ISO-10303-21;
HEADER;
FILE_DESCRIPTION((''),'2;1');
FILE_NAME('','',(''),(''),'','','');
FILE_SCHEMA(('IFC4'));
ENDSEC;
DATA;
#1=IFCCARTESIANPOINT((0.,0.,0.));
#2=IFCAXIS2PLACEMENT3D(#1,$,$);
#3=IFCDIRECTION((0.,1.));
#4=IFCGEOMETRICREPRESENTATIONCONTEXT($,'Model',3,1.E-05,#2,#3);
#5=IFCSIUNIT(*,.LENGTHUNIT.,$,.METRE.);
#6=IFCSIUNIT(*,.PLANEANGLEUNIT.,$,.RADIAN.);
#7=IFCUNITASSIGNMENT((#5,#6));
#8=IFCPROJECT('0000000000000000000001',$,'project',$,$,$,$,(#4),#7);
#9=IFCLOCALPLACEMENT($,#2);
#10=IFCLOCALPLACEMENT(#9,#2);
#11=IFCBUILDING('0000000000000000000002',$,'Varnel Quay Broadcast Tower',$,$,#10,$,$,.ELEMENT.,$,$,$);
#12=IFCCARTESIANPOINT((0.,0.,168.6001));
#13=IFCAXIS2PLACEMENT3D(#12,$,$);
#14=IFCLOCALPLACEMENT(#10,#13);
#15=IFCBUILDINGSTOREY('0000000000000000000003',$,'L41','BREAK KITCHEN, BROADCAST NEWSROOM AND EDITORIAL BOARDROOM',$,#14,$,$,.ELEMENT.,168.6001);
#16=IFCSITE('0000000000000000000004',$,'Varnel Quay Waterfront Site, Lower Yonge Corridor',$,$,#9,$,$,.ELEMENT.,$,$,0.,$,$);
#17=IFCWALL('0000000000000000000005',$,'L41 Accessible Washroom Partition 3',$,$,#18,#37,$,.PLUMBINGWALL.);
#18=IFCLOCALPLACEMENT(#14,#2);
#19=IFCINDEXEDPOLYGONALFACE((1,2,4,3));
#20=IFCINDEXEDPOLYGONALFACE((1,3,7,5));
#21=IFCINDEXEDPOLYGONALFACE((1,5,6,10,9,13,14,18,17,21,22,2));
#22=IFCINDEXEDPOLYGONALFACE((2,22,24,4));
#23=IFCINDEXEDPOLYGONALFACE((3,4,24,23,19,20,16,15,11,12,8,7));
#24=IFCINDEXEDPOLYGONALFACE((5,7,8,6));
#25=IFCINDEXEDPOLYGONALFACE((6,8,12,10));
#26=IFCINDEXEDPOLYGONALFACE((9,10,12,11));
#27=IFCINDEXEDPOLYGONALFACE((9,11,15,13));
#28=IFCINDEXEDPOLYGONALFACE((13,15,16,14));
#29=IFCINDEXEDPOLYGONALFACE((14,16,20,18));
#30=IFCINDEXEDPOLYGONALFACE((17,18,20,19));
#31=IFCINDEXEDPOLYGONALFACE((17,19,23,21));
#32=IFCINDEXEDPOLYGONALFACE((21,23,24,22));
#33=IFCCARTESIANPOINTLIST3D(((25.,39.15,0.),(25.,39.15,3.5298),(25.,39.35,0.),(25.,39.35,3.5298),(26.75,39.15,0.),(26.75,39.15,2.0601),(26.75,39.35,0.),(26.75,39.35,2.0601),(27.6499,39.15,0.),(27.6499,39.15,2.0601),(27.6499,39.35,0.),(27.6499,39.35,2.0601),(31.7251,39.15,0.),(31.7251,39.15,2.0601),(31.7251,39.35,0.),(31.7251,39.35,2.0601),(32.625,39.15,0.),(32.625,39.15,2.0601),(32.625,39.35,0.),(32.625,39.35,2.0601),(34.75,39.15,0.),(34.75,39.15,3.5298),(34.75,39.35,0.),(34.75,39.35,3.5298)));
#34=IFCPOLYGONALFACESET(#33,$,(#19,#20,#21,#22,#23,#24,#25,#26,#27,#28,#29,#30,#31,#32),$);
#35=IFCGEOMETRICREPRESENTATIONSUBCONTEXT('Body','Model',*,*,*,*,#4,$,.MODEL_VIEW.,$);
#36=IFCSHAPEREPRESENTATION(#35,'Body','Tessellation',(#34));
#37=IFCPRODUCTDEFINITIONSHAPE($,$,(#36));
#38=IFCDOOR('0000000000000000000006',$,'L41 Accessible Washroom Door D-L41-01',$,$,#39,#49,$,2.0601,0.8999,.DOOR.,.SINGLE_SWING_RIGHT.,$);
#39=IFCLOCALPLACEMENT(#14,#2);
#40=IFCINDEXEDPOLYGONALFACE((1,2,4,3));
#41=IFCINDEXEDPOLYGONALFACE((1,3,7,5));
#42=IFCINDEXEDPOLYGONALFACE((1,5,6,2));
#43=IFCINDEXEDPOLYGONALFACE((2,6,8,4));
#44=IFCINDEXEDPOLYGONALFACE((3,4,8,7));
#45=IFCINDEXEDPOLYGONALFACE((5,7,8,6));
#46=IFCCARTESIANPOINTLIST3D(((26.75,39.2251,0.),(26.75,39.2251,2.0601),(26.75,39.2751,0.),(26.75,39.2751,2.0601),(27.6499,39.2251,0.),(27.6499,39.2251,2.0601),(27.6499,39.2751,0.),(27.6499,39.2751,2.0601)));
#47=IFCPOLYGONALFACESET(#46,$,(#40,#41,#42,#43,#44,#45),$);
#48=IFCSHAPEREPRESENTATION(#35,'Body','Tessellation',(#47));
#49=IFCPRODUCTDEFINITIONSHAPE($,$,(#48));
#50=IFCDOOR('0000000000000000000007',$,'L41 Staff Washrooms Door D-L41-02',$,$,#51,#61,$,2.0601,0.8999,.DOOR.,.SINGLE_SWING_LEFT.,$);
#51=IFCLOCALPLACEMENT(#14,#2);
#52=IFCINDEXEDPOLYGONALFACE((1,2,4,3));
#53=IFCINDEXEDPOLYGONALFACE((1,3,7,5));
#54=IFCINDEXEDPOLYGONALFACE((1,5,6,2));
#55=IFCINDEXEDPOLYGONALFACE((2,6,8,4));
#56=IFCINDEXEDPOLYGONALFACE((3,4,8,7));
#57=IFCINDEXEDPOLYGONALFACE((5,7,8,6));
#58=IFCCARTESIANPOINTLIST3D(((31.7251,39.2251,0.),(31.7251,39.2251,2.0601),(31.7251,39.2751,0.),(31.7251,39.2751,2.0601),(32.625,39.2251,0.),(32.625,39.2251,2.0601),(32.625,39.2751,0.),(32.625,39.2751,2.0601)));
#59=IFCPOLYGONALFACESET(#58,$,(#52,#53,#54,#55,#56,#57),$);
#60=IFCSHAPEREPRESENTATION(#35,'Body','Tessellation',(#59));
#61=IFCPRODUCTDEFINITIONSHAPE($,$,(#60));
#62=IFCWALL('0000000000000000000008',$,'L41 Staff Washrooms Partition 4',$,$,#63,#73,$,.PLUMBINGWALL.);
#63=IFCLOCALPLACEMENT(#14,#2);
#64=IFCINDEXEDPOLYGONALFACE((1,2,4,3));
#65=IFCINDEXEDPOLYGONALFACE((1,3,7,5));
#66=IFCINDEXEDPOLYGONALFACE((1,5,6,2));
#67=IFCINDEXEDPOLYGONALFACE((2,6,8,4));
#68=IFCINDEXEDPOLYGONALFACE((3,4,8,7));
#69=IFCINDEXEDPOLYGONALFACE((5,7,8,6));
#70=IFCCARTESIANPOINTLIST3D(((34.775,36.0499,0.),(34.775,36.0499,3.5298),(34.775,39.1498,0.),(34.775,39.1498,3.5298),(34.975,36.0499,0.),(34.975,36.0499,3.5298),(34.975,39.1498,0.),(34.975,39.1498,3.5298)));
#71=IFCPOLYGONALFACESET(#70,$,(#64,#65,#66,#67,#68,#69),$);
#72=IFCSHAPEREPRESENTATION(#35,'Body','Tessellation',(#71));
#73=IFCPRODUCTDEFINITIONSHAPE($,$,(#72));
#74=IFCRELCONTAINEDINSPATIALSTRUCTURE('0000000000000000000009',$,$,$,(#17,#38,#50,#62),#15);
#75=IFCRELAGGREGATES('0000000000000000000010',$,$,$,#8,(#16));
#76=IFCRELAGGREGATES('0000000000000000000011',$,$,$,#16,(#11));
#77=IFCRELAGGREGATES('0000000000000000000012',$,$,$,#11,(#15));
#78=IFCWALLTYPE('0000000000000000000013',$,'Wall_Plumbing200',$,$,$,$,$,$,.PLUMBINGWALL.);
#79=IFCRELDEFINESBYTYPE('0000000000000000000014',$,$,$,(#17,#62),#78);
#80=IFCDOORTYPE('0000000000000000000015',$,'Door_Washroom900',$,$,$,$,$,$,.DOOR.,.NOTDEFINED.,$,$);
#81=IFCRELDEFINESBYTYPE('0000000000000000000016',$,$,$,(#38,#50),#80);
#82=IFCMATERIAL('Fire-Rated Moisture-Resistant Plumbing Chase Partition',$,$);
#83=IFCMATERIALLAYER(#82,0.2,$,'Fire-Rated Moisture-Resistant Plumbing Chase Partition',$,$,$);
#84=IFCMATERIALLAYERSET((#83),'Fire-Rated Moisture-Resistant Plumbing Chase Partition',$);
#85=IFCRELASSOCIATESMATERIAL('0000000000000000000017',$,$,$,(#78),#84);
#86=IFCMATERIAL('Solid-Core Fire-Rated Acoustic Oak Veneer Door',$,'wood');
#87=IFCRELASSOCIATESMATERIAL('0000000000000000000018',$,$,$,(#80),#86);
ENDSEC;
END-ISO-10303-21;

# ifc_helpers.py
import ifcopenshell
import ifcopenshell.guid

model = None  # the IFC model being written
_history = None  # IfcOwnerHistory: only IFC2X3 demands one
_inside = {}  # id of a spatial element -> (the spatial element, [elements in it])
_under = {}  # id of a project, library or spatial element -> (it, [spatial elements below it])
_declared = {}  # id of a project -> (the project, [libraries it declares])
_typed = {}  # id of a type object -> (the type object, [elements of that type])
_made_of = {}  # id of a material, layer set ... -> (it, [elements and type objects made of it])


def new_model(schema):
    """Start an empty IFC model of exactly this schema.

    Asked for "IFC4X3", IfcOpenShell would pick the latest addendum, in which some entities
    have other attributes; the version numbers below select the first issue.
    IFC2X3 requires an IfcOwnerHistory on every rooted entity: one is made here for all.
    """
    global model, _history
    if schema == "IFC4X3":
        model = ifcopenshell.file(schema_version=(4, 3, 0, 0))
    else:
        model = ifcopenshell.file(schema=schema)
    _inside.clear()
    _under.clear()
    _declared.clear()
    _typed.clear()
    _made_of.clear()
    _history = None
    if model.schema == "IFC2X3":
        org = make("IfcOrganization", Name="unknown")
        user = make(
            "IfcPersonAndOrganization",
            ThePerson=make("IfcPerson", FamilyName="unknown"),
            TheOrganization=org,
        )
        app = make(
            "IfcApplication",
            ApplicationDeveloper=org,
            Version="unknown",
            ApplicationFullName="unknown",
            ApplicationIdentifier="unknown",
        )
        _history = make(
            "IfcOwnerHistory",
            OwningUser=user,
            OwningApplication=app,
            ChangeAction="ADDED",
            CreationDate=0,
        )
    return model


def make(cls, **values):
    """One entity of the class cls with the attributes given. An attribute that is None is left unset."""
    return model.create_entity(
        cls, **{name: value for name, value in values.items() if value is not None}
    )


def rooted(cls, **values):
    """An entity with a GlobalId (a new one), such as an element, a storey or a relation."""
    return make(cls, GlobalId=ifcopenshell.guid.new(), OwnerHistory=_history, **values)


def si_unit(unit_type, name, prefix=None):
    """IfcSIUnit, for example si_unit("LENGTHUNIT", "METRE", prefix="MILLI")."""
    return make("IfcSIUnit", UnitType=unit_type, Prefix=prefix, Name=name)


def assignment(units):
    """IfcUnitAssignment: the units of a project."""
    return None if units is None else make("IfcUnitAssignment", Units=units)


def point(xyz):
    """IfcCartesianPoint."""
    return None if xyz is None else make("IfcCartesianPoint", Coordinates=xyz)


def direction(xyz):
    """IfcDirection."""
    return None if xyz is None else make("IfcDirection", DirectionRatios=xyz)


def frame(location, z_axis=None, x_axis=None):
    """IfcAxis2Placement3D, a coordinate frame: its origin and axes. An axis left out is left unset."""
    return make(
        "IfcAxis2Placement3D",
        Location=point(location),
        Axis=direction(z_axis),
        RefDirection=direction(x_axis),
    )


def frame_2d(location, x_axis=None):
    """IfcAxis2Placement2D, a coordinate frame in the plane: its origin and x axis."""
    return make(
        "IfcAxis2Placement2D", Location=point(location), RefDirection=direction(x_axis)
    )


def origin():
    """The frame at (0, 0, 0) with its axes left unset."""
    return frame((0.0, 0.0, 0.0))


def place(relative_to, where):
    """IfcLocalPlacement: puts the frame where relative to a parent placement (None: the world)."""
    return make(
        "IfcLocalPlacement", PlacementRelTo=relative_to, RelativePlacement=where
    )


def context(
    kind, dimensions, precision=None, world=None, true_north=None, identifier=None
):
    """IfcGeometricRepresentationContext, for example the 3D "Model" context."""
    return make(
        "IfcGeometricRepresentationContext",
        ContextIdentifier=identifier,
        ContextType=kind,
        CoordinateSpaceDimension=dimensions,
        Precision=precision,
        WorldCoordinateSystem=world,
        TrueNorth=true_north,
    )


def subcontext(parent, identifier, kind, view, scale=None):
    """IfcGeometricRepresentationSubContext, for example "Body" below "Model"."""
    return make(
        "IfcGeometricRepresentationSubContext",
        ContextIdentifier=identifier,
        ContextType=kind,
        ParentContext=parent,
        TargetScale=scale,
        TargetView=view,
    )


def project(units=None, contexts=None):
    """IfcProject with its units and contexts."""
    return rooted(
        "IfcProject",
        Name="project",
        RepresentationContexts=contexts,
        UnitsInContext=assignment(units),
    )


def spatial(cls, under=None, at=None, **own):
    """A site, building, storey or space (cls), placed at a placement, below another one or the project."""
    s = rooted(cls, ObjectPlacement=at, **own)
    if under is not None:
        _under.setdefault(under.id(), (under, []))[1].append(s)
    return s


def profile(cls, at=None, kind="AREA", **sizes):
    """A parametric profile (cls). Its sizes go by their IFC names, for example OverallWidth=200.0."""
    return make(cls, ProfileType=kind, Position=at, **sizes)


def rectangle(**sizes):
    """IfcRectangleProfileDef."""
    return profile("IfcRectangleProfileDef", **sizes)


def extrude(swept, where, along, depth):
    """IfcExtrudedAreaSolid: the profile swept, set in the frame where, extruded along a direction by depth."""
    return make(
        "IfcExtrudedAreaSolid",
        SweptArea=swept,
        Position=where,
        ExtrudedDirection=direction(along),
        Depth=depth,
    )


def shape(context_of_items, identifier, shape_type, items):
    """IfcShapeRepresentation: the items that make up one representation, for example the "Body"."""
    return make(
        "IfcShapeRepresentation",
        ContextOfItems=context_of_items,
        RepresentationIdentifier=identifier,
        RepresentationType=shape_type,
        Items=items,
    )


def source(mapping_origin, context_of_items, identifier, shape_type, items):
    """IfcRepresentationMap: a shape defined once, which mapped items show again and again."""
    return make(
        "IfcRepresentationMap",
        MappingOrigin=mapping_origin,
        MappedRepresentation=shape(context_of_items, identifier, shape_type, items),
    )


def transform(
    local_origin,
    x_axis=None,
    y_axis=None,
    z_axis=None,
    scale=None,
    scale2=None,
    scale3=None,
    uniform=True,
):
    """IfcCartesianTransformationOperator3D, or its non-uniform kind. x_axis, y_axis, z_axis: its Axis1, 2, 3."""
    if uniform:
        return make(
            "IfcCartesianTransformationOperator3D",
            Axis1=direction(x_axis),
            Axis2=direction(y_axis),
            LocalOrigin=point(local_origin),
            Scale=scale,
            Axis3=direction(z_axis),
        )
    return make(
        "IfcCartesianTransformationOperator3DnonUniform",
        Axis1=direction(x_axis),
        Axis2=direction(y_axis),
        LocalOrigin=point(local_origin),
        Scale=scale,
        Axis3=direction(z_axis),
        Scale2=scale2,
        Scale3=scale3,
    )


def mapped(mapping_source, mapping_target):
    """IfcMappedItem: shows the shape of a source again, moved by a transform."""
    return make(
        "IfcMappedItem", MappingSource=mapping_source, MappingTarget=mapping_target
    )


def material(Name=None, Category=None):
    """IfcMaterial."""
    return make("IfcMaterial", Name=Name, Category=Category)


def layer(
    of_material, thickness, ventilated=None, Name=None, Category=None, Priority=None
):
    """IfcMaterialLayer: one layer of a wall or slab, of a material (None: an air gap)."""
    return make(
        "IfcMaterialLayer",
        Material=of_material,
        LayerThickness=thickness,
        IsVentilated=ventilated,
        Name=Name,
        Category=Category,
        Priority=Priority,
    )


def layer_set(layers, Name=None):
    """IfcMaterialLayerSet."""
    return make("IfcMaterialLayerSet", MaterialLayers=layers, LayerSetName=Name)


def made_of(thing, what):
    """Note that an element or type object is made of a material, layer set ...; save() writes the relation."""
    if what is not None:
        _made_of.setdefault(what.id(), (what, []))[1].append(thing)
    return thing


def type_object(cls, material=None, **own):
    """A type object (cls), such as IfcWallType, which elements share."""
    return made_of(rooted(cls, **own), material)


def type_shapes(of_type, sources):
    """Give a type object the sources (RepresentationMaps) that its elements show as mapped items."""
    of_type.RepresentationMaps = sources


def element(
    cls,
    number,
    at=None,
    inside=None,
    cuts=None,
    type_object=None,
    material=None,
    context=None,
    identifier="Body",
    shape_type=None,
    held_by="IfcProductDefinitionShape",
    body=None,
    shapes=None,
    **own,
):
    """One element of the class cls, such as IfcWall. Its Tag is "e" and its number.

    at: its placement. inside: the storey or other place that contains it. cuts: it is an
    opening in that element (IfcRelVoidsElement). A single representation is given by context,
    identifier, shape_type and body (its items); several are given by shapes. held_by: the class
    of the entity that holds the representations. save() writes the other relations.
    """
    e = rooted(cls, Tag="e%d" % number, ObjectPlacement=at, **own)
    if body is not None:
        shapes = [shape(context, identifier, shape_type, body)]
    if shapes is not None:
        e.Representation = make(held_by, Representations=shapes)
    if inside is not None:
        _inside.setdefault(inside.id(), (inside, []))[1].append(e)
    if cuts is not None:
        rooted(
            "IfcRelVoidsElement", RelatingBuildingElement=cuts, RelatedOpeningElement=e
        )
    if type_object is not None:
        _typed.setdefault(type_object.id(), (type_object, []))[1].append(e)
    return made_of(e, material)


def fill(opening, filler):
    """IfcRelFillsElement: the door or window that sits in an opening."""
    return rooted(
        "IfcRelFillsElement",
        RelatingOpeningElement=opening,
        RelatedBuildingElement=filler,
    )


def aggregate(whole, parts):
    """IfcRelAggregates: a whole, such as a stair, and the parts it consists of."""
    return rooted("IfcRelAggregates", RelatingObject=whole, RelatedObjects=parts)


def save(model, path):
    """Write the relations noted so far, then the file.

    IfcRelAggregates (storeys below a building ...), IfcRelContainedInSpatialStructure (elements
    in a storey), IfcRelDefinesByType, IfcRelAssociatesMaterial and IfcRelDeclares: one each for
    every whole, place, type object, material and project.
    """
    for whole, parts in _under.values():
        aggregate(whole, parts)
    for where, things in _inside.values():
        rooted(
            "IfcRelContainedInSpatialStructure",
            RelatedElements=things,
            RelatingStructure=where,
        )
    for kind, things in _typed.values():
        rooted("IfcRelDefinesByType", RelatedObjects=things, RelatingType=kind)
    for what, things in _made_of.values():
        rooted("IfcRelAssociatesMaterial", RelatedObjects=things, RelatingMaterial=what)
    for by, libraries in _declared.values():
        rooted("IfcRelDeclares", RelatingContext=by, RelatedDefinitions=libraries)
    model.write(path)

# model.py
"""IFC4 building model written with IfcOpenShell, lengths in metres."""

from ifc_helpers import new_model, si_unit, direction, frame, frame_2d, origin, place, context, subcontext, project, spatial, rectangle, extrude, source, transform, mapped, material, layer, layer_set, type_object, type_shapes, element, fill, save


model = new_model("IFC4")

# Units and contexts
model_context = context("Model", 3, precision=1e-05, world=origin(), true_north=direction((0.0, 1.0)))
body_context = subcontext(model_context, "Body", "Model", "MODEL_VIEW")
ifc_project = project(units=[si_unit("LENGTHUNIT", "METRE"), si_unit("PLANEANGLEUNIT", "RADIAN")], contexts=[model_context])

# Site, building, storey
site_placement = place(None, origin())
site = spatial("IfcSite", under=ifc_project, at=site_placement, Name="Varnel Quay Waterfront Site, Lower Yonge Corridor", CompositionType="ELEMENT", RefElevation=0.0)
building_placement = place(site_placement, origin())
building = spatial("IfcBuilding", under=site, at=building_placement, Name="Varnel Quay Broadcast Tower", CompositionType="ELEMENT")
storey_placement = place(building_placement, frame((0.0, 0.0, 168.6001)))
storey = spatial("IfcBuildingStorey", under=building, at=storey_placement, Name="L41", Description="BREAK KITCHEN, BROADCAST NEWSROOM AND EDITORIAL BOARDROOM", CompositionType="ELEMENT", Elevation=168.6001)

# Shared definitions
ifc_material_1 = material(Name="Fire-Rated Moisture-Resistant Plumbing Chase Partition")
ifc_layer_1 = layer(ifc_material_1, 0.2, Name="Fire-Rated Moisture-Resistant Plumbing Chase Partition")
ifc_layer_set_1 = layer_set([ifc_layer_1], Name="Fire-Rated Moisture-Resistant Plumbing Chase Partition")
wall_type_1 = type_object("IfcWallType", Name="Wall_Plumbing200", PredefinedType="PLUMBINGWALL", material=ifc_layer_set_1)

# Wall, openings, doors
wall_1_placement = place(storey_placement, frame((25.0, 39.25, 0.0), z_axis=(0.0, 0.0, 1.0), x_axis=(1.0, 0.0, 0.0)))
wall_1 = element("IfcWall", 1, at=wall_1_placement, inside=storey, type_object=wall_type_1, Name="L41 Accessible Washroom Partition 3", PredefinedType="PLUMBINGWALL", context=body_context, shape_type="SweptSolid", body=[
    extrude(rectangle(XDim=9.75, YDim=0.2, at=frame_2d((4.875, 0.0))), origin(), (0.0, 0.0, 1.0), 3.5298),
])
opening_1_placement = place(wall_1_placement, frame((1.75, 0.0, 0.0)))
opening_1 = element("IfcOpeningElement", 2, at=opening_1_placement, cuts=wall_1, PredefinedType="OPENING", context=body_context, shape_type="SweptSolid", body=[
    extrude(rectangle(XDim=0.8999, YDim=2.0601, at=frame_2d((0.45, 1.03))), frame((0.0, 0.1099, 0.0), z_axis=(0.0, -1.0, 0.0), x_axis=(1.0, 0.0, 0.0)), (0.0, 0.0, 1.0), 0.22),
])
opening_2_placement = place(wall_1_placement, frame((6.7251, 0.0, 0.0)))
opening_2 = element("IfcOpeningElement", 3, at=opening_2_placement, cuts=wall_1, PredefinedType="OPENING", context=body_context, shape_type="SweptSolid", body=[
    extrude(rectangle(XDim=0.8999, YDim=2.0601, at=frame_2d((0.45, 1.03))), frame((0.0, 0.1099, 0.0), z_axis=(0.0, -1.0, 0.0), x_axis=(1.0, 0.0, 0.0)), (0.0, 0.0, 1.0), 0.22),
])
ifc_material_2 = material(Name="Solid-Core Fire-Rated Acoustic Oak Veneer Door", Category="wood")
door_type_1 = type_object("IfcDoorType", Name="Door_Washroom900", OperationType="NOTDEFINED", PredefinedType="DOOR", material=ifc_material_2)
shared_shape_1 = source(origin(), body_context, "Body", "SweptSolid", [
    extrude(rectangle(XDim=0.8999, YDim=2.0601, at=frame_2d((0.45, 1.03))), frame((0.0, 0.0249, 0.0), z_axis=(0.0, -1.0, 0.0), x_axis=(1.0, 0.0, 0.0)), (0.0, 0.0, 1.0), 0.05),
])
type_shapes(door_type_1, [shared_shape_1])
door_1_placement = place(opening_1_placement, frame((0.8999, 0.0, 0.0), z_axis=(0.0, 0.0, 1.0), x_axis=(-1.0, 0.0, 0.0)))
door_1 = element("IfcDoor", 4, at=door_1_placement, inside=storey, type_object=door_type_1, Name="L41 Accessible Washroom Door D-L41-01", OperationType="SINGLE_SWING_RIGHT", OverallHeight=2.0601, OverallWidth=0.8999, PredefinedType="DOOR", context=body_context, shape_type="MappedRepresentation", body=[
    mapped(shared_shape_1, transform((0.0, 0.0, 0.0), x_axis=(1.0, 0.0, 0.0), y_axis=(0.0, 1.0, 0.0), z_axis=(0.0, 0.0, 1.0), scale=1.0)),
])
fill(opening_1, door_1)
door_2_placement = place(opening_2_placement, frame((0.8999, 0.0, 0.0), z_axis=(0.0, 0.0, 1.0), x_axis=(-1.0, 0.0, 0.0)))
door_2 = element("IfcDoor", 5, at=door_2_placement, inside=storey, type_object=door_type_1, Name="L41 Staff Washrooms Door D-L41-02", OperationType="SINGLE_SWING_LEFT", OverallHeight=2.0601, OverallWidth=0.8999, PredefinedType="DOOR", context=body_context, shape_type="MappedRepresentation", body=[
    mapped(shared_shape_1, transform((0.0, 0.0, 0.0), x_axis=(1.0, 0.0, 0.0), y_axis=(0.0, 1.0, 0.0), z_axis=(0.0, 0.0, 1.0), scale=1.0)),
])
fill(opening_2, door_2)

# Wall
wall_2_placement = place(storey_placement, frame((34.875, 36.05, 0.0), z_axis=(0.0, 0.0, 1.0), x_axis=(0.0, 1.0, 0.0)))
element("IfcWall", 6, at=wall_2_placement, inside=storey, type_object=wall_type_1, Name="L41 Staff Washrooms Partition 4", PredefinedType="PLUMBINGWALL", context=body_context, shape_type="SweptSolid", body=[
    extrude(rectangle(XDim=3.0999, YDim=0.2, at=frame_2d((1.5498, 0.0))), origin(), (0.0, 0.0, 1.0), 3.5298),
])

save(model, "model.ifc")
